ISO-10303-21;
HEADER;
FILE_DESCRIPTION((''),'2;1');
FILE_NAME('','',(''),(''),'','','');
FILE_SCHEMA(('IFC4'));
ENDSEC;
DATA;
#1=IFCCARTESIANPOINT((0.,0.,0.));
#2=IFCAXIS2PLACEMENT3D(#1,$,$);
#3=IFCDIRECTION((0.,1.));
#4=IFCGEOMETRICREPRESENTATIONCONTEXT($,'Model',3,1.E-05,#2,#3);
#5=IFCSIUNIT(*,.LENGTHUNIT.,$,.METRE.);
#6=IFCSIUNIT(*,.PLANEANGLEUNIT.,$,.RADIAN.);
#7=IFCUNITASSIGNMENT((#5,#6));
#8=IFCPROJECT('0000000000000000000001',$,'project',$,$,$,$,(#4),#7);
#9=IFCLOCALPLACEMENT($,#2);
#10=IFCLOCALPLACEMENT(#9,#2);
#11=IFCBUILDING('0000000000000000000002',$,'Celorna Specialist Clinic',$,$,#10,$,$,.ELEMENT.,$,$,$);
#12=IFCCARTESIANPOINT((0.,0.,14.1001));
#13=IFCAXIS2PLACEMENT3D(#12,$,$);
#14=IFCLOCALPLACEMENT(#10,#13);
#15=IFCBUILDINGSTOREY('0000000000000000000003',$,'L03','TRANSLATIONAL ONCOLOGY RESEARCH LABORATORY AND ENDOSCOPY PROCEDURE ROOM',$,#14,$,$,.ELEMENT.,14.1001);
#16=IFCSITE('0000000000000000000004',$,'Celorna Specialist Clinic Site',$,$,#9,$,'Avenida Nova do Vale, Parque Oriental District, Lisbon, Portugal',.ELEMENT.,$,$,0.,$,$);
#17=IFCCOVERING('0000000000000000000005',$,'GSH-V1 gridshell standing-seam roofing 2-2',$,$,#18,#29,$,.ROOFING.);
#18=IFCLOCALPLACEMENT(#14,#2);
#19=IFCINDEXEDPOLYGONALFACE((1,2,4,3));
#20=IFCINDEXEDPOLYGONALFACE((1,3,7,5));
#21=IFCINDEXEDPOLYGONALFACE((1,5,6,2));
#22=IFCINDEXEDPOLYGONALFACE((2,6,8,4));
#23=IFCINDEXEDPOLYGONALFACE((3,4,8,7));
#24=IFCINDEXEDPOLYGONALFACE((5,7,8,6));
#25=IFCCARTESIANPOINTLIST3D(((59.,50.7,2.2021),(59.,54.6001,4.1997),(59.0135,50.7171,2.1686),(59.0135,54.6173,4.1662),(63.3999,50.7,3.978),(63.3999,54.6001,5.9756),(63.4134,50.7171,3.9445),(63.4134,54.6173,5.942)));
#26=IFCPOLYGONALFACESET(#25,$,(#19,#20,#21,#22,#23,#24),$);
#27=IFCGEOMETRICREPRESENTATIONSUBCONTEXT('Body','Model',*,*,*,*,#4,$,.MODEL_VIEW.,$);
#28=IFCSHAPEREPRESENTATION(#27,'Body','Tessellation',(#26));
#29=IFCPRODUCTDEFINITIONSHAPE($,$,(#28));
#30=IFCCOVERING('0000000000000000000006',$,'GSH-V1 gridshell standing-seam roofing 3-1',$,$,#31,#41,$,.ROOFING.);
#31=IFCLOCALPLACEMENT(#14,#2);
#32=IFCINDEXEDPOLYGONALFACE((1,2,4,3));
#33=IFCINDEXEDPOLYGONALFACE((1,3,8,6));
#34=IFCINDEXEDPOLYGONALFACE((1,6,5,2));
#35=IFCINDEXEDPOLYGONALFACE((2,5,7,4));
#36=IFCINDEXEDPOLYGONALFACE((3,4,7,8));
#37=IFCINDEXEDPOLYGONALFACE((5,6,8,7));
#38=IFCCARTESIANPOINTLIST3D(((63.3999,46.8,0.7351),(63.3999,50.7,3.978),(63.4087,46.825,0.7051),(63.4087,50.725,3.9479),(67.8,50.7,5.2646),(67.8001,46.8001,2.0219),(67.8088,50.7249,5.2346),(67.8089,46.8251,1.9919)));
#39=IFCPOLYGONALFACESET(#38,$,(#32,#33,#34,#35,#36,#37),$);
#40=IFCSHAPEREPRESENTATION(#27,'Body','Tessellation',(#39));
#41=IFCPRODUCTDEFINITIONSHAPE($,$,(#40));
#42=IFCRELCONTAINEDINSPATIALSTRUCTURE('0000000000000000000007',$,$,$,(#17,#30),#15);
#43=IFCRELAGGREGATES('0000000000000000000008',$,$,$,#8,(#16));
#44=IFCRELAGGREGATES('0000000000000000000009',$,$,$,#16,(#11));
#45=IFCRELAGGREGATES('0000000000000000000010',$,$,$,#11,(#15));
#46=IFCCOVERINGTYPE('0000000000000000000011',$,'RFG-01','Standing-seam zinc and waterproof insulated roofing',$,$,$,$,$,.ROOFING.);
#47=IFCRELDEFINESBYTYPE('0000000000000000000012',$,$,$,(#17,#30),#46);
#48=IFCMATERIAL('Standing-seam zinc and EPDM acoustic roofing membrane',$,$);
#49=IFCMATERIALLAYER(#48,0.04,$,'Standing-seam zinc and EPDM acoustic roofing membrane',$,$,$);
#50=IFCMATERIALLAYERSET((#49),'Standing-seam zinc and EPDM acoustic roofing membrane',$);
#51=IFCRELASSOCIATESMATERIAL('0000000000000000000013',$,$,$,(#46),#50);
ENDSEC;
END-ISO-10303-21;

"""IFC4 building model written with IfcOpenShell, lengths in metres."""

from ifc_helpers import new_model, si_unit, direction, frame, origin, place, context, subcontext, project, spatial, polyline, outline, extrude, material, layer, layer_set, type_object, element, save


model = new_model("IFC4")

# Units and contexts
model_context = context("Model", 3, precision=1e-05, world=origin(), true_north=direction((0.0, 1.0)))
body_context = subcontext(model_context, "Body", "Model", "MODEL_VIEW")
ifc_project = project(units=[si_unit("LENGTHUNIT", "METRE"), si_unit("PLANEANGLEUNIT", "RADIAN")], contexts=[model_context])

# Site, building, storey
site_placement = place(None, origin())
site = spatial("IfcSite", under=ifc_project, at=site_placement, Name="Celorna Specialist Clinic Site", LongName="Avenida Nova do Vale, Parque Oriental District, Lisbon, Portugal", CompositionType="ELEMENT", RefElevation=0.0)
building_placement = place(site_placement, origin())
building = spatial("IfcBuilding", under=site, at=building_placement, Name="Celorna Specialist Clinic", CompositionType="ELEMENT")
storey_placement = place(building_placement, frame((0.0, 0.0, 14.1001)))
storey = spatial("IfcBuildingStorey", under=building, at=storey_placement, Name="L03", Description="TRANSLATIONAL ONCOLOGY RESEARCH LABORATORY AND ENDOSCOPY PROCEDURE ROOM", CompositionType="ELEMENT", Elevation=14.1001)

# Coverings
ifc_material_1 = material(Name="Standing-seam zinc and EPDM acoustic roofing membrane")
ifc_layer_1 = layer(ifc_material_1, 0.04, Name="Standing-seam zinc and EPDM acoustic roofing membrane")
ifc_layer_set_1 = layer_set([ifc_layer_1], Name="Standing-seam zinc and EPDM acoustic roofing membrane")
covering_type = type_object("IfcCoveringType", Name="RFG-01", Description="Standing-seam zinc and waterproof insulated roofing", PredefinedType="ROOFING", material=ifc_layer_set_1)
covering_1_placement = place(storey_placement, frame((59.0, 50.7, 2.2021), z_axis=(-0.338086, -0.429018, 0.83764), x_axis=(0.927315, 0.0, 0.374281)))
element("IfcCovering", 1, at=covering_1_placement, inside=storey, type_object=covering_type, Name="GSH-V1 gridshell standing-seam roofing 2-2", PredefinedType="ROOFING", context=body_context, shape_type="SweptSolid", body=[
    extrude(outline(polyline([(0.0, 0.0), (4.7448, 0.0), (5.4924, 4.3177), (0.7476, 4.3177), (0.0, 0.0)])), origin(), (0.0, 0.0, -1.0), 0.04),
])
covering_2_placement = place(storey_placement, frame((63.3999, 46.8, 0.7351), z_axis=(-0.219377, -0.623781, 0.750181), x_axis=(0.9598, 0.000012, 0.280686)))
element("IfcCovering", 2, at=covering_2_placement, inside=storey, type_object=covering_type, Name="GSH-V1 gridshell standing-seam roofing 3-1", PredefinedType="ROOFING", context=body_context, shape_type="SweptSolid", body=[
    extrude(outline(polyline([(0.0, 0.0), (4.5845, 0.0), (5.4947, 4.9896), (0.9103, 4.9897), (0.0, 0.0)])), origin(), (0.0, 0.0, -1.0), 0.04),
])

save(model, "model.ifc")
